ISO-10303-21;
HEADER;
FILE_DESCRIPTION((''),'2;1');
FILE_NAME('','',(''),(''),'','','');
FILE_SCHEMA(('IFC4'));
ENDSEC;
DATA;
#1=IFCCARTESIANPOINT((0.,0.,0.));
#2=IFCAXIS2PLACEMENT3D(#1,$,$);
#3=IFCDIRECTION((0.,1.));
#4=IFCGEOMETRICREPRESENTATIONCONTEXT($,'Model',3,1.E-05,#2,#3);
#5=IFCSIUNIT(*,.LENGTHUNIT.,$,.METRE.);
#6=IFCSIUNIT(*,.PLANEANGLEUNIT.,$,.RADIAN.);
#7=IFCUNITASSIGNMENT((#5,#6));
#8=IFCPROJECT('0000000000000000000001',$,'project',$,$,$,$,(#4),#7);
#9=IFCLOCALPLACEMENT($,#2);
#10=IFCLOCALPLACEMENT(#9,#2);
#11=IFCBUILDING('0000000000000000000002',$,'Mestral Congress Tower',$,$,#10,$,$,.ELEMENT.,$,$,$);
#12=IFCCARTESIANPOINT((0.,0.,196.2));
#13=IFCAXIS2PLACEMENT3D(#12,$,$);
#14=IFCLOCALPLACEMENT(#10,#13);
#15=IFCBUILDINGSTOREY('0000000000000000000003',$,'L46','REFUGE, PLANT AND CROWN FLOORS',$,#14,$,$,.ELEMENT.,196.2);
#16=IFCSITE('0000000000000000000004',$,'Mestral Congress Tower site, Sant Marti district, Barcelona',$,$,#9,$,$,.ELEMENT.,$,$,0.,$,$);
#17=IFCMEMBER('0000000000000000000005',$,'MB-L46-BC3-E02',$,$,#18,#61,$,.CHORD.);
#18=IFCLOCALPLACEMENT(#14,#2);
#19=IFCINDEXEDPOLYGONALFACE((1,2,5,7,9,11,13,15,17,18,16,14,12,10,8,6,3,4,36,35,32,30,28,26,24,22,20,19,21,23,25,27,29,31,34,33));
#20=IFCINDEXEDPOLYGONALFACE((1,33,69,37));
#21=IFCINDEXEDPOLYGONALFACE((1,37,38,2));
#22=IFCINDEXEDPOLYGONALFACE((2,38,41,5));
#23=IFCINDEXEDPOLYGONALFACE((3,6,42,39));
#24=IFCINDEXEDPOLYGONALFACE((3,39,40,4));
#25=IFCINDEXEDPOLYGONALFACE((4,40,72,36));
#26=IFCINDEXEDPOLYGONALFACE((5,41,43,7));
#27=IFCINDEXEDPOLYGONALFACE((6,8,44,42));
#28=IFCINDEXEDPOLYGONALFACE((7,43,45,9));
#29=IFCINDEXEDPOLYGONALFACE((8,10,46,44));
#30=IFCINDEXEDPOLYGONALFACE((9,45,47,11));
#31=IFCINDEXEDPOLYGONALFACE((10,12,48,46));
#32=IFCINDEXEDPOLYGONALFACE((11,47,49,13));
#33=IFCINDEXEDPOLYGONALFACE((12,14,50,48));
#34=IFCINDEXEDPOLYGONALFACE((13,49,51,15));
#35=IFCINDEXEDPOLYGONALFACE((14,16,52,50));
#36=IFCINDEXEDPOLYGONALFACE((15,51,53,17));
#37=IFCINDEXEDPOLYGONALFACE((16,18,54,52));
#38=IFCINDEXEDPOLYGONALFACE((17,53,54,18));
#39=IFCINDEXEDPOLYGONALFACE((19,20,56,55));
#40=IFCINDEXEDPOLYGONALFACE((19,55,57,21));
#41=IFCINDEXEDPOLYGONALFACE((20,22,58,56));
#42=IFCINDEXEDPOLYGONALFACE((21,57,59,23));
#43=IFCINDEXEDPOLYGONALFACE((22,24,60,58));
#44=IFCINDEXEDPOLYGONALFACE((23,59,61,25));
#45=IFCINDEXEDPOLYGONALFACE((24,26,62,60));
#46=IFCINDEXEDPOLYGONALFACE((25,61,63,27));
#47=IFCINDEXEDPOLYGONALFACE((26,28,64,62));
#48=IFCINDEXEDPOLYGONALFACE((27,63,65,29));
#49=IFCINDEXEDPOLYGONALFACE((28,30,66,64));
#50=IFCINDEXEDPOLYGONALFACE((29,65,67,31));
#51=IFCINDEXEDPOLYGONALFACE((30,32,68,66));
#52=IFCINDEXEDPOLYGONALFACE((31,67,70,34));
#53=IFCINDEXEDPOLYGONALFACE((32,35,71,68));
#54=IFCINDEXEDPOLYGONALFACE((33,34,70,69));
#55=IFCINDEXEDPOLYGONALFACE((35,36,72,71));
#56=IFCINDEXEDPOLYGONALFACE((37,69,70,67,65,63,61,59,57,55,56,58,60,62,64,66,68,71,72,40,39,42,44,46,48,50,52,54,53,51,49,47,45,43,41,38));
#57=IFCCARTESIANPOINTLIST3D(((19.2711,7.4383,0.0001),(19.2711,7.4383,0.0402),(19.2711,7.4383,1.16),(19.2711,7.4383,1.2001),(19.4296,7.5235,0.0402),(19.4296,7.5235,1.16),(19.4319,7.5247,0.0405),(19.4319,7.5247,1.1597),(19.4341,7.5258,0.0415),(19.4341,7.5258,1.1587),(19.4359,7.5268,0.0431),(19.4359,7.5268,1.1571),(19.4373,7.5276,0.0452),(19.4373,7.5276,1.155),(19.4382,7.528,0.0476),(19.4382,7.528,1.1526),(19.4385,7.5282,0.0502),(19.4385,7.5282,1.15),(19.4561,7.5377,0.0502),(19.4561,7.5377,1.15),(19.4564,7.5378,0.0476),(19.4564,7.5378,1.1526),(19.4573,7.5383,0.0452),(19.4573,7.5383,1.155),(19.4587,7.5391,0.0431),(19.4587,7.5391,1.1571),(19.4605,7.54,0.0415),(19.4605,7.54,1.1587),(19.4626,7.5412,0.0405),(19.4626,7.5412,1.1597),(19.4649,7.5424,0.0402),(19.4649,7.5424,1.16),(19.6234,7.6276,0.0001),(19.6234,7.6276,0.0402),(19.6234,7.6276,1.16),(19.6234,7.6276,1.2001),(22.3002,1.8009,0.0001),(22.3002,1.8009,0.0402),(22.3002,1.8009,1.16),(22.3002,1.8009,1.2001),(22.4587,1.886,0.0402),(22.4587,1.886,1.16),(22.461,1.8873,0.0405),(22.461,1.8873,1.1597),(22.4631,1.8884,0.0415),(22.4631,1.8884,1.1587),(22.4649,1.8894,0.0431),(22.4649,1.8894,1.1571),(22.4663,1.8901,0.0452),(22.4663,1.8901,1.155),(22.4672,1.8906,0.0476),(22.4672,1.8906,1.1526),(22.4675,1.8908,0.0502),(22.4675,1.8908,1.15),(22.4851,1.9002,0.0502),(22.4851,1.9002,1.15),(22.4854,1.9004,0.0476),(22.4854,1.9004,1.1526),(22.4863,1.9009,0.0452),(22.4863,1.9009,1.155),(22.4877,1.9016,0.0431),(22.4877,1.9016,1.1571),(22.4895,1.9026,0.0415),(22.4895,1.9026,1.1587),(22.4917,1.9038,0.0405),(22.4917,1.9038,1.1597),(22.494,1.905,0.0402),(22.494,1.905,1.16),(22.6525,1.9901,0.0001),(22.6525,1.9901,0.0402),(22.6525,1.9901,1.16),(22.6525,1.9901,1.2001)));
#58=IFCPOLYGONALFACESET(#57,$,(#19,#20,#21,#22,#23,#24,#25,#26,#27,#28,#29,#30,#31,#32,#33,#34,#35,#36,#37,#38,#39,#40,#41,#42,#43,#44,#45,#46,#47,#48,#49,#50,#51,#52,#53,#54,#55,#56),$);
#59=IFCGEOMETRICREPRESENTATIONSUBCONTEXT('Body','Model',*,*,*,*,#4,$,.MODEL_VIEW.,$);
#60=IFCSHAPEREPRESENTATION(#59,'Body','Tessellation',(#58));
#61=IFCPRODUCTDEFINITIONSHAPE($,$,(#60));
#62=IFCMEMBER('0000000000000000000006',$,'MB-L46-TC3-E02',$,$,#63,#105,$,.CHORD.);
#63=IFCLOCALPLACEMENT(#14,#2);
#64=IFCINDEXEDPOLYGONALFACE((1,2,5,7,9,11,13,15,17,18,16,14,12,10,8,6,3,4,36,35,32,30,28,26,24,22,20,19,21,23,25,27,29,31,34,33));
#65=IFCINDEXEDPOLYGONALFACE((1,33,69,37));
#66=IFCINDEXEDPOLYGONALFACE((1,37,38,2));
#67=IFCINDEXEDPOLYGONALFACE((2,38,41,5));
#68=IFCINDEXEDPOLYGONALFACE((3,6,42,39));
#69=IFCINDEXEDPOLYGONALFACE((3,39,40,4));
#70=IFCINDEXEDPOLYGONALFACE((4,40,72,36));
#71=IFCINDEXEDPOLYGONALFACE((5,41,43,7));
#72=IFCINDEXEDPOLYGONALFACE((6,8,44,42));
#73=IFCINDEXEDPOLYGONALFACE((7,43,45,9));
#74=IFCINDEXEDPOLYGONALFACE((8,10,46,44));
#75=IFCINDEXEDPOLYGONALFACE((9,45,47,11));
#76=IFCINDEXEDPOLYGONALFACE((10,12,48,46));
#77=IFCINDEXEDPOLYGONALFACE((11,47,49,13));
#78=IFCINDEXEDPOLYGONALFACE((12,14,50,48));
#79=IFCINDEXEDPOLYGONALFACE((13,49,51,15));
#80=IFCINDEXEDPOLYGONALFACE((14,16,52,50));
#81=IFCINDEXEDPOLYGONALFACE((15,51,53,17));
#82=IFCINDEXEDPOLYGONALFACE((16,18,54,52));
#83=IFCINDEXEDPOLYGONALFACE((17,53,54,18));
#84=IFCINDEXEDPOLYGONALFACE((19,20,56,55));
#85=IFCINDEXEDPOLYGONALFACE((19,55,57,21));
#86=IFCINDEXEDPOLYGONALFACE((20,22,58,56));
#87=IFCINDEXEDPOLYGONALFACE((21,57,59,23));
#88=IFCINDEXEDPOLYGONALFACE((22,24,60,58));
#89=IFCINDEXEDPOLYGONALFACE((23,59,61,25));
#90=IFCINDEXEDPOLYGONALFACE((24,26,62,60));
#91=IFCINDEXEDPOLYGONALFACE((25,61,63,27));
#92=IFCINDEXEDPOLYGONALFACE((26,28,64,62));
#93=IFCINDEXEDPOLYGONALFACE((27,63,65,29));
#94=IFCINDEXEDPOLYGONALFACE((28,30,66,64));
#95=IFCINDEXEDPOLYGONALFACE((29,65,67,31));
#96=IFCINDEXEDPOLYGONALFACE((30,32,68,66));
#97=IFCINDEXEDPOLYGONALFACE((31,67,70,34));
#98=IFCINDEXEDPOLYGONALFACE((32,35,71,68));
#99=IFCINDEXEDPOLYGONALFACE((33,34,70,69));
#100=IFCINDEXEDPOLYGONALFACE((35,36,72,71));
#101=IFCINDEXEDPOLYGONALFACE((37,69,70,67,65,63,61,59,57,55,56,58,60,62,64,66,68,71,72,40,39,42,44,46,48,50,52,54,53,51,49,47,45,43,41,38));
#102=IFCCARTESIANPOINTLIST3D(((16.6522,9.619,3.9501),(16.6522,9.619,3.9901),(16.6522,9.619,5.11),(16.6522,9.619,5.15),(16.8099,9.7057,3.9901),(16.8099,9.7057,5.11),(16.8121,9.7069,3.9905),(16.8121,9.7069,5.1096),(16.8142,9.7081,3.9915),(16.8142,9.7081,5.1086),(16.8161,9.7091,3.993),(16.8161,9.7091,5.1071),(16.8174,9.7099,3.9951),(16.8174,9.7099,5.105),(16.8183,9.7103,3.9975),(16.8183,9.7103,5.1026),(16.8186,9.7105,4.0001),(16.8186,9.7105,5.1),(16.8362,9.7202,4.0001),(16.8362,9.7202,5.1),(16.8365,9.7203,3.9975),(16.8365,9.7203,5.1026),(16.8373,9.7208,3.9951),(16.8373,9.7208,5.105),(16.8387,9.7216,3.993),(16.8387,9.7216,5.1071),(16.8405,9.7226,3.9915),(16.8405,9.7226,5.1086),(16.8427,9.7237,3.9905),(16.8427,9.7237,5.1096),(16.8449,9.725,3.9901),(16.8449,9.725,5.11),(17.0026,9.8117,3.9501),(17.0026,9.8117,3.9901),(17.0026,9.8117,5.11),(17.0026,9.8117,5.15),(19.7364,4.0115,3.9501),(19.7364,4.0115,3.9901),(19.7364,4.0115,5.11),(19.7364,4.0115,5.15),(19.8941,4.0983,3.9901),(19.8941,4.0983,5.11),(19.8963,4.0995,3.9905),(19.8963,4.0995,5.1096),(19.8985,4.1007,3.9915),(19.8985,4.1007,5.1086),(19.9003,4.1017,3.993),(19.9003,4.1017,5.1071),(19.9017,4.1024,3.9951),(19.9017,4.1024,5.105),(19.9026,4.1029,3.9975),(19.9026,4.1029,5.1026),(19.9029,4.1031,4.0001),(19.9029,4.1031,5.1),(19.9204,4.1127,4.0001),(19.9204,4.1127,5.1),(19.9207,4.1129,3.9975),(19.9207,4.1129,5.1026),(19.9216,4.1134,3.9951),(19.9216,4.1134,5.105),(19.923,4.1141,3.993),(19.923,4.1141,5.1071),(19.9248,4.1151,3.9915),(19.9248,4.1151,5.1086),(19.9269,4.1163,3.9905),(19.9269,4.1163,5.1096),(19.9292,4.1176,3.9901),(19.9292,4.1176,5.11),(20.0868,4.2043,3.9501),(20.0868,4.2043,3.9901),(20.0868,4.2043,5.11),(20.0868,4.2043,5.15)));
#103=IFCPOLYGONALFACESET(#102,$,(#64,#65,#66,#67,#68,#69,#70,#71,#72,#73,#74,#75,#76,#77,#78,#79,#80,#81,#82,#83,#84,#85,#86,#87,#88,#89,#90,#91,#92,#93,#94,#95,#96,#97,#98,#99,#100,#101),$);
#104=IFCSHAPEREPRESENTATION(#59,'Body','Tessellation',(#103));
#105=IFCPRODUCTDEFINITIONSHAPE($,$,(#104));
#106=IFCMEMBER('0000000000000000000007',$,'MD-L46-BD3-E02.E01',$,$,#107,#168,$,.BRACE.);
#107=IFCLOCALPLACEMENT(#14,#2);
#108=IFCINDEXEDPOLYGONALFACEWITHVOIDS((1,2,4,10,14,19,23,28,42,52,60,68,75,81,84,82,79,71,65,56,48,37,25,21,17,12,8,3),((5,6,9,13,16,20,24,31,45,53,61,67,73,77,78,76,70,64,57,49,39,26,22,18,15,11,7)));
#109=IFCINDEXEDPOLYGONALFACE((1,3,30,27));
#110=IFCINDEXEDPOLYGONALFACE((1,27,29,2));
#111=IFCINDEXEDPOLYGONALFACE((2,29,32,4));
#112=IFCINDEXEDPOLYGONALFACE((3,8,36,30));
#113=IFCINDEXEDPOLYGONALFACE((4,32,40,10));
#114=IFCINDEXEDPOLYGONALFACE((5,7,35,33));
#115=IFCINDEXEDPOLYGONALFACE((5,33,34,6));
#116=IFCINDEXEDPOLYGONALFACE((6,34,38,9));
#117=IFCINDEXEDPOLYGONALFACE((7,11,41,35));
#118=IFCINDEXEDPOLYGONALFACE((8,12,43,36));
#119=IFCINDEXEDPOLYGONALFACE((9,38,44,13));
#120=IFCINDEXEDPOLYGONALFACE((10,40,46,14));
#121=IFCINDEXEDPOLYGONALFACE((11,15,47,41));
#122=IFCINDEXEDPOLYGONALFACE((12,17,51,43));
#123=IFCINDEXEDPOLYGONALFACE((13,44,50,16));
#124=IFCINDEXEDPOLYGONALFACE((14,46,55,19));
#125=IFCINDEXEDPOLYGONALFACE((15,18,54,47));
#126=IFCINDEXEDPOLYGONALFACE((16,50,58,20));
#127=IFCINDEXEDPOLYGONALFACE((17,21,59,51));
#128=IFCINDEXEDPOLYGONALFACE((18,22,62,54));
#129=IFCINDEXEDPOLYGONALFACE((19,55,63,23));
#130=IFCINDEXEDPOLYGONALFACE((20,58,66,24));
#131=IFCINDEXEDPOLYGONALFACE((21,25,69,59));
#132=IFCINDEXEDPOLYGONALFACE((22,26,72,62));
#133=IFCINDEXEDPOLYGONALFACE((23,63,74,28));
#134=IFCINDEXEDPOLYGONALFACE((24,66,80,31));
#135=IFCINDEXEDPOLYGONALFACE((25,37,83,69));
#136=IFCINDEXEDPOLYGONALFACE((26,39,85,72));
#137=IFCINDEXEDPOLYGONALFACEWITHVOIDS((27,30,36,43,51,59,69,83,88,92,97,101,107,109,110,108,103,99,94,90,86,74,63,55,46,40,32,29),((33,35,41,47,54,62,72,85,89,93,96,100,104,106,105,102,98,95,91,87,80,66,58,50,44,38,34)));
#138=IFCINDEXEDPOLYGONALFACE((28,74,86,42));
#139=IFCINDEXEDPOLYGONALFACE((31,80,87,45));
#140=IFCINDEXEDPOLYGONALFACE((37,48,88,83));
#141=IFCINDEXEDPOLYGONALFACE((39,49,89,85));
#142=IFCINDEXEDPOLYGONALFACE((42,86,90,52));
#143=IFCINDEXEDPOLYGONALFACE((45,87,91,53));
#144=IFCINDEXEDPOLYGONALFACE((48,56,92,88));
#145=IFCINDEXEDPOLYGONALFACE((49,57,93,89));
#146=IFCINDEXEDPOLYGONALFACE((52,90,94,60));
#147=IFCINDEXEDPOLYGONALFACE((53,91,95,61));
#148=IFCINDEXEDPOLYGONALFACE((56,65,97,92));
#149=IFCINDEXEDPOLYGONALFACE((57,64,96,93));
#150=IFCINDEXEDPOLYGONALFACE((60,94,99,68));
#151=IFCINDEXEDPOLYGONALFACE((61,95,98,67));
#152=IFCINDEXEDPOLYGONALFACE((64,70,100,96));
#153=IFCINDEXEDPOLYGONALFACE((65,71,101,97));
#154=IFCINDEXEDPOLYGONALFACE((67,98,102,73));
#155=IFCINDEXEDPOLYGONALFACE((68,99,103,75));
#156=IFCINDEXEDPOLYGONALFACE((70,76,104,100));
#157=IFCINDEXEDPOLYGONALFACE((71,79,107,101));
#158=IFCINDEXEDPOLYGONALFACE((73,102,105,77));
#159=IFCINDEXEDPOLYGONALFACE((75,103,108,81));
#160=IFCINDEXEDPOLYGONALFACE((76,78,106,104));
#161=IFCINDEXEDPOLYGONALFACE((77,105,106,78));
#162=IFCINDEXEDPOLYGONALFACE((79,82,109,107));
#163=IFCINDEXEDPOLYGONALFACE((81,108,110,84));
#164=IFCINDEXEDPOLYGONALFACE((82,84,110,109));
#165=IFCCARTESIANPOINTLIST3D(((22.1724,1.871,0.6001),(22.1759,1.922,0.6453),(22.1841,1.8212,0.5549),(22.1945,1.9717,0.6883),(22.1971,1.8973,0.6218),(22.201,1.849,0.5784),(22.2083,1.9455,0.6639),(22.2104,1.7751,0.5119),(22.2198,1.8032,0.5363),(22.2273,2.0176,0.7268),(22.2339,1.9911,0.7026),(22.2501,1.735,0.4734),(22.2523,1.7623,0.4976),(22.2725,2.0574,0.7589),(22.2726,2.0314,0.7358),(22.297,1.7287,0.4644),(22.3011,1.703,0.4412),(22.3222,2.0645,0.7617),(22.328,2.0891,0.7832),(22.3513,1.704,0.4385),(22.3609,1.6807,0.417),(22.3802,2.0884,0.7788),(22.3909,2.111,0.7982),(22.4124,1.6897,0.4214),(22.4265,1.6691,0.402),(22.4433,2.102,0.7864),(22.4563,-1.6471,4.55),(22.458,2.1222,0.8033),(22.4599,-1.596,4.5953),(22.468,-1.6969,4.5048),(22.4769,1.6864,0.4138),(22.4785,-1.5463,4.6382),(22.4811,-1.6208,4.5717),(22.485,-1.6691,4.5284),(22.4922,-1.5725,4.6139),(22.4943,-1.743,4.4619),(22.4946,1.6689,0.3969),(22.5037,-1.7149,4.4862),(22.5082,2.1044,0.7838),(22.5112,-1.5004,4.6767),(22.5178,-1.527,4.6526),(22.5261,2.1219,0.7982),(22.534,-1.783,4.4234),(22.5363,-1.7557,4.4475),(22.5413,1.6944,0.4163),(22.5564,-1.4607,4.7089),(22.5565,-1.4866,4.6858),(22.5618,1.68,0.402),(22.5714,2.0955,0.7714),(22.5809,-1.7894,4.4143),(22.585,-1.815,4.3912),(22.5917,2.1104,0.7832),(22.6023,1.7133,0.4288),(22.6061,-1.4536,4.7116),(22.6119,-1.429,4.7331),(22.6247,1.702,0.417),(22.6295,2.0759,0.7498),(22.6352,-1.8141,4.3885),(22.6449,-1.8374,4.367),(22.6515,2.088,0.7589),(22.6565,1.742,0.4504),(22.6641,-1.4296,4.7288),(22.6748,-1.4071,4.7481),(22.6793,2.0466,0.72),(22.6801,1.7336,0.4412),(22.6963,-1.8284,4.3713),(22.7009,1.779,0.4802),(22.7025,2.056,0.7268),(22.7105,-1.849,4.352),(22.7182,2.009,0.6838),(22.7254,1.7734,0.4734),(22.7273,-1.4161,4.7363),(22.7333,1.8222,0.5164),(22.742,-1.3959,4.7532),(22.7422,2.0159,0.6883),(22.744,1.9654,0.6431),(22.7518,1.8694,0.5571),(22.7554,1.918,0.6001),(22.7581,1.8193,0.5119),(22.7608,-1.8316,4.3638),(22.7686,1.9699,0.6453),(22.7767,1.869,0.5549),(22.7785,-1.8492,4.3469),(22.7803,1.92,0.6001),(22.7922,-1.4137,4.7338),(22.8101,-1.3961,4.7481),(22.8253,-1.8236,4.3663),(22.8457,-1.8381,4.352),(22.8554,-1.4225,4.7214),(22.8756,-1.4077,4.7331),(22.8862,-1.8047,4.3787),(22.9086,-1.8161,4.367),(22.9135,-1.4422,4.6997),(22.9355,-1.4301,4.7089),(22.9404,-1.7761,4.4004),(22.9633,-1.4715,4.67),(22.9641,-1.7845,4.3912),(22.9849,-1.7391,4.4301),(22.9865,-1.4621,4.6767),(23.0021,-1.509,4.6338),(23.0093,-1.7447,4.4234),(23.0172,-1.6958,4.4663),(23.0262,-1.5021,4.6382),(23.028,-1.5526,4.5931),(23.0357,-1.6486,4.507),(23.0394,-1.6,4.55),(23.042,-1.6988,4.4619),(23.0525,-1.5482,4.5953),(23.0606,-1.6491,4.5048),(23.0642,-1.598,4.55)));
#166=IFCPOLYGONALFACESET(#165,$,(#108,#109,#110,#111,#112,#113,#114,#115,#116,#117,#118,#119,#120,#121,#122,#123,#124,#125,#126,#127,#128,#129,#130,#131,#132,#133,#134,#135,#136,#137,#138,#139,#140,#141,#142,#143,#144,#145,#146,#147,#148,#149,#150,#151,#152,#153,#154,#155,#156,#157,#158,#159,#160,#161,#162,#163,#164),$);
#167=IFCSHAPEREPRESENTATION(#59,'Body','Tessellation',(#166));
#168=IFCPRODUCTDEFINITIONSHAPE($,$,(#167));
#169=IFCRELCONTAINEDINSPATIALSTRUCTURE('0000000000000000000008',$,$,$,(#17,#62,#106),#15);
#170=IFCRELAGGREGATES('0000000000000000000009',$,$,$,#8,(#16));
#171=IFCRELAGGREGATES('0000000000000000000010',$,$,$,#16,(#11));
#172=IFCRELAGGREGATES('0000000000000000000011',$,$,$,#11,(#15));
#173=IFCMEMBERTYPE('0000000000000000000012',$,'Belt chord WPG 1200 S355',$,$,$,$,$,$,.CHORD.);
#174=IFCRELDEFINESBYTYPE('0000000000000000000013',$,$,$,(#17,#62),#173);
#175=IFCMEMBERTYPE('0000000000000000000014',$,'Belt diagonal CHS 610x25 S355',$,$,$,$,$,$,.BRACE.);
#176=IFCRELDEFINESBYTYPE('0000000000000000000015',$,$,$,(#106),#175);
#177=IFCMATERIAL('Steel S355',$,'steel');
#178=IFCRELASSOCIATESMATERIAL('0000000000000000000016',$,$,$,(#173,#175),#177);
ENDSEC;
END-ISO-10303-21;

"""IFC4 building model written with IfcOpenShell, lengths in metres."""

from ifc_helpers import new_model, si_unit, direction, frame, origin, origin_2d, place, context, subcontext, project, spatial, hollow_circle, i_section, extrude, material, material_profile, profile_set, type_object, element, save


model = new_model("IFC4")

# Units and contexts
model_context = context("Model", 3, precision=1e-05, world=origin(), true_north=direction((0.0, 1.0)))
body_context = subcontext(model_context, "Body", "Model", "MODEL_VIEW")
ifc_project = project(units=[si_unit("LENGTHUNIT", "METRE"), si_unit("PLANEANGLEUNIT", "RADIAN")], contexts=[model_context])

# Site, building, storey
site_placement = place(None, origin())
site = spatial("IfcSite", under=ifc_project, at=site_placement, Name="Mestral Congress Tower site, Sant Marti district, Barcelona", CompositionType="ELEMENT", RefElevation=0.0)
building_placement = place(site_placement, origin())
building = spatial("IfcBuilding", under=site, at=building_placement, Name="Mestral Congress Tower", CompositionType="ELEMENT")
storey_placement = place(building_placement, frame((0.0, 0.0, 196.2)))
storey = spatial("IfcBuildingStorey", under=building, at=storey_placement, Name="L46", Description="REFUGE, PLANT AND CROWN FLOORS", CompositionType="ELEMENT", Elevation=196.2)

# Members
ifc_material_1 = material(Name="Steel S355", Category="steel")
ifc_material_profile_1 = material_profile(ifc_material_1, i_section(OverallWidth=0.3999, OverallDepth=1.2, WebThickness=0.02, FlangeThickness=0.04, FilletRadius=0.01, at=origin_2d()), Name="WPG 1200")
ifc_profile_set_1 = profile_set([ifc_material_profile_1], Name="Steel S355")
member_type_1 = type_object("IfcMemberType", Name="Belt chord WPG 1200 S355", PredefinedType="CHORD", material=ifc_profile_set_1)
for number, where, z_axis, x_axis, name in (
    (1, (22.4763, 1.8955, 0.6001), (-0.473313, 0.880895, 0.0), (-0.880895, -0.473313, 0.0), "MB-L46-BC3-E02"),
    (2, (19.9116, 4.1079, 4.55), (-0.481936, 0.876206, 0.0), (-0.876206, -0.481936, 0.0), "MB-L46-TC3-E02"),
):
    element("IfcMember", number, at=place(storey_placement, frame(where, z_axis=z_axis, x_axis=x_axis)), inside=storey, type_object=member_type_1, Name=name, PredefinedType="CHORD", context=body_context, shape_type="SweptSolid", body=[
        extrude(i_section(OverallWidth=0.3999, OverallDepth=1.2, WebThickness=0.02, FlangeThickness=0.04, FilletRadius=0.01, at=origin_2d()), origin(), (0.0, 0.0, 1.0), 6.3997),
    ])
ifc_material_profile_2 = material_profile(ifc_material_1, hollow_circle(Radius=0.3049, WallThickness=0.0249, at=origin_2d()), Name="CHS 610x25")
ifc_profile_set_2 = profile_set([ifc_material_profile_2], Name="Steel S355")
member_type_2 = type_object("IfcMemberType", Name="Belt diagonal CHS 610x25 S355", PredefinedType="BRACE", material=ifc_profile_set_2)
member_1_placement = place(storey_placement, frame((22.4763, 1.8955, 0.6001), z_axis=(0.053602, -0.664146, 0.745678), x_axis=(0.996759, 0.080446, 0.0)))
element("IfcMember", 3, at=member_1_placement, inside=storey, type_object=member_type_2, Name="MD-L46-BD3-E02.E01", PredefinedType="BRACE", context=body_context, shape_type="SweptSolid", body=[
    extrude(hollow_circle(Radius=0.3049, WallThickness=0.0249, at=origin_2d()), origin(), (0.0, 0.0, 1.0), 5.2971),
])

save(model, "model.ifc")
